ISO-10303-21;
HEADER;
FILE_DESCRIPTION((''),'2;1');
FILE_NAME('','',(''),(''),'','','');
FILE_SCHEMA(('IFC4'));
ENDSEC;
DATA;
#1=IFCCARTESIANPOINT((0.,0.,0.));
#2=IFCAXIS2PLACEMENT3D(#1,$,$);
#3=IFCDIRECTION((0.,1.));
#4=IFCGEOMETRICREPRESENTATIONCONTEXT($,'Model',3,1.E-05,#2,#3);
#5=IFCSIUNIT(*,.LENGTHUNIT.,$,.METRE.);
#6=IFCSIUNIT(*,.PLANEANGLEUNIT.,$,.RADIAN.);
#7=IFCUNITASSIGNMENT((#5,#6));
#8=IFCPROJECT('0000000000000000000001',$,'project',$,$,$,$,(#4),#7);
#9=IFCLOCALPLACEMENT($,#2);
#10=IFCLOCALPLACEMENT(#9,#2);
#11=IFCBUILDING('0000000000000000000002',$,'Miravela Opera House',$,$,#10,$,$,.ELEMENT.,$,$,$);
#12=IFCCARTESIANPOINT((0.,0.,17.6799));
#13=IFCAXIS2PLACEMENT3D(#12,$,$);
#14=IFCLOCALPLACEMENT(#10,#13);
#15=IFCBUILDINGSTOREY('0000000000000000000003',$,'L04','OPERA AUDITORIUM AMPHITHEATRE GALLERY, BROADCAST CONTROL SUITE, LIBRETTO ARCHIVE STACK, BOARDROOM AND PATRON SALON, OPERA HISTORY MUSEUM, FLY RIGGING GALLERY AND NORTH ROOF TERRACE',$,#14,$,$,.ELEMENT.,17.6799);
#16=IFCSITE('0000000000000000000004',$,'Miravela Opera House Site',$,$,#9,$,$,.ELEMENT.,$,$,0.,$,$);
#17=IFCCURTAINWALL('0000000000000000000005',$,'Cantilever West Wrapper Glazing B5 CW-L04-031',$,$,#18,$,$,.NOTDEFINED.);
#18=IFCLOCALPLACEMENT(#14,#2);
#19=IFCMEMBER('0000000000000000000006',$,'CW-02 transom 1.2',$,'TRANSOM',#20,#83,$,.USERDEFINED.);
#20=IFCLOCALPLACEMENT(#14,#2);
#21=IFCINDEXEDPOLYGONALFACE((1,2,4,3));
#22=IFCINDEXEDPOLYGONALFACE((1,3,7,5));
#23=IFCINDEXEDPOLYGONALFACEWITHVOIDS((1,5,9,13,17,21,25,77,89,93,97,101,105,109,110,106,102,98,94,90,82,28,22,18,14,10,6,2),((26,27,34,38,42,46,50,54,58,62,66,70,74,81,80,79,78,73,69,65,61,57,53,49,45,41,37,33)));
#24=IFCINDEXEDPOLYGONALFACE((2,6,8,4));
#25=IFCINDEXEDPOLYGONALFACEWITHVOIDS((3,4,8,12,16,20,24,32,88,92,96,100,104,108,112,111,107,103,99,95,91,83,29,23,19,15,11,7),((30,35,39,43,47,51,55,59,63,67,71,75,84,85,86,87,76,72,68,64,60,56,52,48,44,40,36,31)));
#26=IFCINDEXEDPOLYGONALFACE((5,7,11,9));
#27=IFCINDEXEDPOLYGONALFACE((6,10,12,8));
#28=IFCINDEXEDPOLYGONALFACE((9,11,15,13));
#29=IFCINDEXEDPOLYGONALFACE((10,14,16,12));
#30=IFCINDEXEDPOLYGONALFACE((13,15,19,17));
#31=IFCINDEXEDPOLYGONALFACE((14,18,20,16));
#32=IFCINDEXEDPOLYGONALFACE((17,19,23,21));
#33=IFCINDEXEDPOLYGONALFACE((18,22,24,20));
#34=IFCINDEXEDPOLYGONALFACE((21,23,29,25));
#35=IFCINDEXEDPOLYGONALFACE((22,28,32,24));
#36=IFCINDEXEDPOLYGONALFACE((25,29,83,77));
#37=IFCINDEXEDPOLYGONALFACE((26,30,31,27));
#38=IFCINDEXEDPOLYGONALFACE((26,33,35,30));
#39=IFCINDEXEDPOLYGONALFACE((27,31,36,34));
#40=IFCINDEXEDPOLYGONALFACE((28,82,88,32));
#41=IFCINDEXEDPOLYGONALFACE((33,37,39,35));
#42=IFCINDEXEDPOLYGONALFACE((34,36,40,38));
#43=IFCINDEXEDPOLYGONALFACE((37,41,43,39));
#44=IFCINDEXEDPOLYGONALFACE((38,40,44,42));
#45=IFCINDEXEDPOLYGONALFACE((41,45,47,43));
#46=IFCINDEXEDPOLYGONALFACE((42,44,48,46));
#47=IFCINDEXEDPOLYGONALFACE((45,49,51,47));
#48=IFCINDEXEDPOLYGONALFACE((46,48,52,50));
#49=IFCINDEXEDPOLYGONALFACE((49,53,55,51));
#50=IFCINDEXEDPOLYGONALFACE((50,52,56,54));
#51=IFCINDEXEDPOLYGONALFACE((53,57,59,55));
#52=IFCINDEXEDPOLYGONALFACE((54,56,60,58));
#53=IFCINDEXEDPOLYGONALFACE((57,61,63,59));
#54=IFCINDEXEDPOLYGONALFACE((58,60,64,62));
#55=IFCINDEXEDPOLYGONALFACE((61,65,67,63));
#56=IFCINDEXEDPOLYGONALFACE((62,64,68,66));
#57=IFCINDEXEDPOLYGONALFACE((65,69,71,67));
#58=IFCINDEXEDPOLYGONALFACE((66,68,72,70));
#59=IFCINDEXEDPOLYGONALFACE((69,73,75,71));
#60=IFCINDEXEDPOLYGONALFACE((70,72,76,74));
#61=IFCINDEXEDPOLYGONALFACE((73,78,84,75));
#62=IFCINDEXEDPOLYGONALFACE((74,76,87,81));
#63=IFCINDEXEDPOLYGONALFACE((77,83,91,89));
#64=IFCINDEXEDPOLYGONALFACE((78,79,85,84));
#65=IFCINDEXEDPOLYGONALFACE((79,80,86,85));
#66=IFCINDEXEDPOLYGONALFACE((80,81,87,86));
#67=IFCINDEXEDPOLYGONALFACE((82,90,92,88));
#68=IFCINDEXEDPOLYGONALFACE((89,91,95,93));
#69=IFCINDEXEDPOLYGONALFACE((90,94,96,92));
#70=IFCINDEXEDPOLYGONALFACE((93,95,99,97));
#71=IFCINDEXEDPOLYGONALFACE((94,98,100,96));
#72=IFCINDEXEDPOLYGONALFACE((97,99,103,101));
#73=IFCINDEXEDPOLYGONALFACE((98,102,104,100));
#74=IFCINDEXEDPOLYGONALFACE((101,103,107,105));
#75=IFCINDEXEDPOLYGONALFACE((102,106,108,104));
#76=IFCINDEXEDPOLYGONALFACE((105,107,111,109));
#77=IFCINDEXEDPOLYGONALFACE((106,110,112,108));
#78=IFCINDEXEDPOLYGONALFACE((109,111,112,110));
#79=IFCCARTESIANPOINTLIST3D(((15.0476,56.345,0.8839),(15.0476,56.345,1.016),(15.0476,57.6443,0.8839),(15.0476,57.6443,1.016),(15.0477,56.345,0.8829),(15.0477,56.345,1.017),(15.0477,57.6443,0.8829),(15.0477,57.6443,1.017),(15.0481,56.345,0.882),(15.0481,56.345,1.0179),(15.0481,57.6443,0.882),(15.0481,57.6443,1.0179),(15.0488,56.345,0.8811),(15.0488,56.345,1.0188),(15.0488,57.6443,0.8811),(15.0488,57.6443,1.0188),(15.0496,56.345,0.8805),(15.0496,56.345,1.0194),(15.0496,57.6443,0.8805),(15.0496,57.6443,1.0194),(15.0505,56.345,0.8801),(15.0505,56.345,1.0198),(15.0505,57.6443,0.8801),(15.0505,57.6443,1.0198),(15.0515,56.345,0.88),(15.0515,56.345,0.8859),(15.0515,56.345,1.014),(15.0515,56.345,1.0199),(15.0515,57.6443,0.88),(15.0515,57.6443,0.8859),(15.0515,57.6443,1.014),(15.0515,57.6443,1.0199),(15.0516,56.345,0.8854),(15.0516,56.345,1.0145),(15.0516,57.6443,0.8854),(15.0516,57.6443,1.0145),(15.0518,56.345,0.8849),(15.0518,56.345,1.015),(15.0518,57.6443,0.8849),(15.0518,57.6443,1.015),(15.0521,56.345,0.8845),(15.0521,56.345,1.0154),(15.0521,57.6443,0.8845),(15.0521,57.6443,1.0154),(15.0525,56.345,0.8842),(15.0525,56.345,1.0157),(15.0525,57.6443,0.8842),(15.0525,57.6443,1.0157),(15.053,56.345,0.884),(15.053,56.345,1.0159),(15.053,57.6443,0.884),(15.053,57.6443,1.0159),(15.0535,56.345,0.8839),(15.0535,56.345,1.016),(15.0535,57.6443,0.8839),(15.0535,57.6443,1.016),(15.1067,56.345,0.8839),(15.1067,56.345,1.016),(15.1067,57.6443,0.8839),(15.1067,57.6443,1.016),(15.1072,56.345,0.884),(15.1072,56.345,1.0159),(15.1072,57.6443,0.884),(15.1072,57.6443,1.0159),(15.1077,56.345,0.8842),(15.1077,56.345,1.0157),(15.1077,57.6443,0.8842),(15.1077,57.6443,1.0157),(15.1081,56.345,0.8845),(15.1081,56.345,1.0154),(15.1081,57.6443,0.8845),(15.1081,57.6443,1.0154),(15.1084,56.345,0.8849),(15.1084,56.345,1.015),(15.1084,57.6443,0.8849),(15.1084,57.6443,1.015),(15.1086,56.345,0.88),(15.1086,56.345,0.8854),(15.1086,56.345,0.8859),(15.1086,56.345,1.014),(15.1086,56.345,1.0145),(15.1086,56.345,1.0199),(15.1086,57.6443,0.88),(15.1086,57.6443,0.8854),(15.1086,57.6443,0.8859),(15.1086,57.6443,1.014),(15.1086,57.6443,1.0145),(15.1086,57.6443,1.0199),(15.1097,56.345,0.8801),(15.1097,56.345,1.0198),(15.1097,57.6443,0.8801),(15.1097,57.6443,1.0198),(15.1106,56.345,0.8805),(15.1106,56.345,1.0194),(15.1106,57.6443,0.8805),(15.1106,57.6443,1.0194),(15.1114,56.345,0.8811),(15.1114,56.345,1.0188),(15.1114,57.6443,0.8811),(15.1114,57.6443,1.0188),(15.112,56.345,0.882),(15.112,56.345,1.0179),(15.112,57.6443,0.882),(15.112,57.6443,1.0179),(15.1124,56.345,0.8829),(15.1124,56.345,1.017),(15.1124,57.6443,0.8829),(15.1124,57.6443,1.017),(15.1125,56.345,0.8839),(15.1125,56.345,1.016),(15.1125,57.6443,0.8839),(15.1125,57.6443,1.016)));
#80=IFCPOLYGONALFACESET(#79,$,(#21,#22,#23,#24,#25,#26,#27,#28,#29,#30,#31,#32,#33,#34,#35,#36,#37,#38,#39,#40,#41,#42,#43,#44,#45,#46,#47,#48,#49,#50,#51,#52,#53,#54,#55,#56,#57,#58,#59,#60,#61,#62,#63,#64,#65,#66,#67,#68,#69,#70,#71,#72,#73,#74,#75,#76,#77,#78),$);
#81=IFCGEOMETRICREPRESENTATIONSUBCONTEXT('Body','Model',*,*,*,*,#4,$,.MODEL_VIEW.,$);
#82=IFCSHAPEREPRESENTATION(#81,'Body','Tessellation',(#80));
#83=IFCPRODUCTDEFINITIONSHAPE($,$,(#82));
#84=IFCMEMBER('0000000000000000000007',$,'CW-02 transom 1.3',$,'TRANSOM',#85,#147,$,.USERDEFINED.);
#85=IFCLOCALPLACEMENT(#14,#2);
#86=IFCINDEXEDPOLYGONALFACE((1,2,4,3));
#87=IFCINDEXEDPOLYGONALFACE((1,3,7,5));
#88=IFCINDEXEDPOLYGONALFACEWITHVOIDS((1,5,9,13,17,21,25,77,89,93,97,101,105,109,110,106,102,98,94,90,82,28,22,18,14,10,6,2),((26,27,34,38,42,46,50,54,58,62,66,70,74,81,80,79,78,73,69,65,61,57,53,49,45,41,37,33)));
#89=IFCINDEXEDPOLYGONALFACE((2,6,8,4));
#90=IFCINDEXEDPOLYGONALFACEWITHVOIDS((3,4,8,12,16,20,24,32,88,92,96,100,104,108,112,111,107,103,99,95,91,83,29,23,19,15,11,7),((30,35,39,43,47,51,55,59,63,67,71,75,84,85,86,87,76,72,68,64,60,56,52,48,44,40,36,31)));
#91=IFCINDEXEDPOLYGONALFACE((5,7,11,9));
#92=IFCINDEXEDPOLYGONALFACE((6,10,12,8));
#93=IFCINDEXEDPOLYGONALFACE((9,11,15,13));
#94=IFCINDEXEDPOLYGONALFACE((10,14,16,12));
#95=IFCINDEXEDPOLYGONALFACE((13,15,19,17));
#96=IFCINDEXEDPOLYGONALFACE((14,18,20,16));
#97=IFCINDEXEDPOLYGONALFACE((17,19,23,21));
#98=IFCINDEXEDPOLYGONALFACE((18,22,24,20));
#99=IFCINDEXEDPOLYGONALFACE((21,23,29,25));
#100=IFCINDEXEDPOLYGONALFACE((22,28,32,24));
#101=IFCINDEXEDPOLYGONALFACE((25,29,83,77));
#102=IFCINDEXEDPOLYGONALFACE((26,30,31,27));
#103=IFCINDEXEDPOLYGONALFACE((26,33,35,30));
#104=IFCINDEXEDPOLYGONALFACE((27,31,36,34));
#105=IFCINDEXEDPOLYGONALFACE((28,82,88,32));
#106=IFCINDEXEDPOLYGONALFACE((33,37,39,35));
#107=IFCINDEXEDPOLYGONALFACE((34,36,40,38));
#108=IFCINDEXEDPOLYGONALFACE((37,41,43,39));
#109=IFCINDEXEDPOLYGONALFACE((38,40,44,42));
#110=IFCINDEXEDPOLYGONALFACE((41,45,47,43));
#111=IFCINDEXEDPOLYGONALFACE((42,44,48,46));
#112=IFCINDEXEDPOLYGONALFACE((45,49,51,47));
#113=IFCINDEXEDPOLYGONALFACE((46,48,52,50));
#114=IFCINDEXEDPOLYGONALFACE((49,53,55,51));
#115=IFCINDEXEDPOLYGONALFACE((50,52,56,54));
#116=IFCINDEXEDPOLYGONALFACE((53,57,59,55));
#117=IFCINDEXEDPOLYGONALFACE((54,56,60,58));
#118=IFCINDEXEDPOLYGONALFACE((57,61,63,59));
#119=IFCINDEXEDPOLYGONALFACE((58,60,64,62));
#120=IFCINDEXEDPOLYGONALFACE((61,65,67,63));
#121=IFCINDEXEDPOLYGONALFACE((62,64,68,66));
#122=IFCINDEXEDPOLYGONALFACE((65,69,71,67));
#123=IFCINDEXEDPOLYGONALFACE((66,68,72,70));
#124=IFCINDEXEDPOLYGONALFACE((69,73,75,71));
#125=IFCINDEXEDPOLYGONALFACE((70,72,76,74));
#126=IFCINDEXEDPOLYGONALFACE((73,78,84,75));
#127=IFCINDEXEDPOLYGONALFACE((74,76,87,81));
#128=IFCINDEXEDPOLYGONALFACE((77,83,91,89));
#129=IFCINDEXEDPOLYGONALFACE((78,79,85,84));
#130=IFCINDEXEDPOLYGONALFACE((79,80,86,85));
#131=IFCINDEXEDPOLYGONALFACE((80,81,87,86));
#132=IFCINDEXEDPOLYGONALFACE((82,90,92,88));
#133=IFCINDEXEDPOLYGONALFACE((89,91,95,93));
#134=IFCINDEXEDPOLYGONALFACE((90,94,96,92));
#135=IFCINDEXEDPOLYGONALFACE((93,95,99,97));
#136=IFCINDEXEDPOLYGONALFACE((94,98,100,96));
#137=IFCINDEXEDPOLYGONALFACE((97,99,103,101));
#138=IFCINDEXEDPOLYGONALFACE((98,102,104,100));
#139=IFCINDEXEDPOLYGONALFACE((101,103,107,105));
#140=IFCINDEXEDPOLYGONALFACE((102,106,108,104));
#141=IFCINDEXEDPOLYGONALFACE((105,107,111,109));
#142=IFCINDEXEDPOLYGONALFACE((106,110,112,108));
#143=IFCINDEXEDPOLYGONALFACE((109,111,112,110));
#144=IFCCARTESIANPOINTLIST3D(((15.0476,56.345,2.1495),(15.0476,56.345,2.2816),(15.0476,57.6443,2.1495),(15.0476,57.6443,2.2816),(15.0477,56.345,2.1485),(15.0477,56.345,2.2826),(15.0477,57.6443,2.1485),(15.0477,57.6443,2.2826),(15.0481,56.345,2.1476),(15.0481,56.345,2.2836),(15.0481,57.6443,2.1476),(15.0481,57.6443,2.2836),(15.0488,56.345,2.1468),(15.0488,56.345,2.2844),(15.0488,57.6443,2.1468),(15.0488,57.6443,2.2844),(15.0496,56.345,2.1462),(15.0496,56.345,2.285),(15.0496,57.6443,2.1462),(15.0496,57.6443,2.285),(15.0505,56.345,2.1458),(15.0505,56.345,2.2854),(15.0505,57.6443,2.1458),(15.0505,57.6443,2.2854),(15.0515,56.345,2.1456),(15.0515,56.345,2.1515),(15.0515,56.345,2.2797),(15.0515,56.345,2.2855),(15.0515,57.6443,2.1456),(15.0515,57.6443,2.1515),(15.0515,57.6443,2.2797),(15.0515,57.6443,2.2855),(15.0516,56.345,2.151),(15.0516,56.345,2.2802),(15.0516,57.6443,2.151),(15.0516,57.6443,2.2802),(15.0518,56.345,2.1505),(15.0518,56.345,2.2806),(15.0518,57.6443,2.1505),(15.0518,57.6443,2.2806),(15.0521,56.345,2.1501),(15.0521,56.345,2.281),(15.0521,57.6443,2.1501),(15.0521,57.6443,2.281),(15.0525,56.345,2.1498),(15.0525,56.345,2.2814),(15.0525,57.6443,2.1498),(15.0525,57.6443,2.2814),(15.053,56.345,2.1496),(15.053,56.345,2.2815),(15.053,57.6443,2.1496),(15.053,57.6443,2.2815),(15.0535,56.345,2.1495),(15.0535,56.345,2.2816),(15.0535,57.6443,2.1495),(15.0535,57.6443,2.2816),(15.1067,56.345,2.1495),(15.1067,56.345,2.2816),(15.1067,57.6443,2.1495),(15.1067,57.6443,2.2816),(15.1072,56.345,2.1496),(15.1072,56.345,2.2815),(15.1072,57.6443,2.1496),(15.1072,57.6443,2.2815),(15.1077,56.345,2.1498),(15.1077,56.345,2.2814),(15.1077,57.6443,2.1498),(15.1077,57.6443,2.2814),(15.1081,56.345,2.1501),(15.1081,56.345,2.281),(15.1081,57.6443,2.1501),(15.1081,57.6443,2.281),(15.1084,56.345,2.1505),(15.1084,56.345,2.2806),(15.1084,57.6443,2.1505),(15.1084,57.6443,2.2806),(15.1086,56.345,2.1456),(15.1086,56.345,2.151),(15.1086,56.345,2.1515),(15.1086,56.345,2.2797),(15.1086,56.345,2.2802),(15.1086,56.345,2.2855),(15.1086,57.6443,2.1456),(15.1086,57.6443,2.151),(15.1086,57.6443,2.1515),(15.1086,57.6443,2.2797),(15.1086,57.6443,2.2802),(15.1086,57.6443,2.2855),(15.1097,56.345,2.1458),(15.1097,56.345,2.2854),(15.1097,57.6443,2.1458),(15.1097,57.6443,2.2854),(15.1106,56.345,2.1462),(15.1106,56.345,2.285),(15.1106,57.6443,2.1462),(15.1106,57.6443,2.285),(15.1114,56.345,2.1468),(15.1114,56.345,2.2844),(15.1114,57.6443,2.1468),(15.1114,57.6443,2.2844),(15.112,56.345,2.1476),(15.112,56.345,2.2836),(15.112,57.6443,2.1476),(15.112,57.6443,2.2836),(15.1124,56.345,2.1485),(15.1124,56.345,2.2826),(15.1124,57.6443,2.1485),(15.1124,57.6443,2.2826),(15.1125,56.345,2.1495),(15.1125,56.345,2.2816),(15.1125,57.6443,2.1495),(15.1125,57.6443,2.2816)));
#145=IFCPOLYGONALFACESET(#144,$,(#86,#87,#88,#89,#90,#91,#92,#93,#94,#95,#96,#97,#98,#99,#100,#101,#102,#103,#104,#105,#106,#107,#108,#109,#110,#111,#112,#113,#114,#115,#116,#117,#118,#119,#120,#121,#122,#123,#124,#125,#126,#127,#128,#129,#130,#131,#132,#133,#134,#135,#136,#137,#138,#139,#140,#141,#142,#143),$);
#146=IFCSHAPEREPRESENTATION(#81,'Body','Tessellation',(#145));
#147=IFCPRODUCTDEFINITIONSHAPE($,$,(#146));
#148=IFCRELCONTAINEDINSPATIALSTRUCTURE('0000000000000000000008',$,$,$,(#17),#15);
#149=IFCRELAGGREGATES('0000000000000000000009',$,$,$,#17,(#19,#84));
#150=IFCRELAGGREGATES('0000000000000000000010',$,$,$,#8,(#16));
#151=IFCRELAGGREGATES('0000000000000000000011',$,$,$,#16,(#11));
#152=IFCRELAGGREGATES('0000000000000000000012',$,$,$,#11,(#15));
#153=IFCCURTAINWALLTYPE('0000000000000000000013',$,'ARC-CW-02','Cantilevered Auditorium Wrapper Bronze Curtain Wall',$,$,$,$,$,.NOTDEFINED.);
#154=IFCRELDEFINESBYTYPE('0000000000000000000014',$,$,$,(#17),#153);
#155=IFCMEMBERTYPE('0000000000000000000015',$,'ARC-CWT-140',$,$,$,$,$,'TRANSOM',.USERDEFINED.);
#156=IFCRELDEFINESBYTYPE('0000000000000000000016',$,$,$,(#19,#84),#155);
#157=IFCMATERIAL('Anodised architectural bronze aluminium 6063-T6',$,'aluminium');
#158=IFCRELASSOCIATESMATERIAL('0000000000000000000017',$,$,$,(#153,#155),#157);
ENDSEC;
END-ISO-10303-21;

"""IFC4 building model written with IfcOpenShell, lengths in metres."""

from ifc_helpers import new_model, si_unit, direction, frame, origin, origin_2d, place, context, subcontext, project, spatial, hollow_rectangle, extrude, material, material_profile, profile_set, type_object, element, aggregate, save


model = new_model("IFC4")

# Units and contexts
model_context = context("Model", 3, precision=1e-05, world=origin(), true_north=direction((0.0, 1.0)))
body_context = subcontext(model_context, "Body", "Model", "MODEL_VIEW")
ifc_project = project(units=[si_unit("LENGTHUNIT", "METRE"), si_unit("PLANEANGLEUNIT", "RADIAN")], contexts=[model_context])

# Site, building, storey
site_placement = place(None, origin())
site = spatial("IfcSite", under=ifc_project, at=site_placement, Name="Miravela Opera House Site", CompositionType="ELEMENT", RefElevation=0.0)
building_placement = place(site_placement, origin())
building = spatial("IfcBuilding", under=site, at=building_placement, Name="Miravela Opera House", CompositionType="ELEMENT")
storey_placement = place(building_placement, frame((0.0, 0.0, 17.6799)))
storey = spatial("IfcBuildingStorey", under=building, at=storey_placement, Name="L04", Description="OPERA AUDITORIUM AMPHITHEATRE GALLERY, BROADCAST CONTROL SUITE, LIBRETTO ARCHIVE STACK, BOARDROOM AND PATRON SALON, OPERA HISTORY MUSEUM, FLY RIGGING GALLERY AND NORTH ROOF TERRACE", CompositionType="ELEMENT", Elevation=17.6799)

# Curtain wall, members
ifc_material_1 = material(Name="Anodised architectural bronze aluminium 6063-T6", Category="aluminium")
curtain_wall_type = type_object("IfcCurtainWallType", Name="ARC-CW-02", Description="Cantilevered Auditorium Wrapper Bronze Curtain Wall", PredefinedType="NOTDEFINED", material=ifc_material_1)
curtain_wall_placement = place(storey_placement, origin())
curtain_wall = element("IfcCurtainWall", 1, at=curtain_wall_placement, inside=storey, type_object=curtain_wall_type, Name="Cantilever West Wrapper Glazing B5 CW-L04-031", PredefinedType="NOTDEFINED")
ifc_material_profile_1 = material_profile(ifc_material_1, hollow_rectangle(XDim=0.0649, YDim=0.1399, WallThickness=0.0039, InnerFilletRadius=0.002, OuterFilletRadius=0.0039, at=origin_2d()), Name="CWT-65X140")
ifc_profile_set_1 = profile_set([ifc_material_profile_1])
member_type_1 = type_object("IfcMemberType", Name="ARC-CWT-140", ElementType="TRANSOM", PredefinedType="USERDEFINED", material=ifc_profile_set_1)
member_1_placement = place(storey_placement, frame((15.0801, 56.345, 0.95), z_axis=(0.0, 1.0, 0.0), x_axis=(-1.0, 0.0, 0.0)))
member_1 = element("IfcMember", 2, at=member_1_placement, type_object=member_type_1, Name="CW-02 transom 1.2", ObjectType="TRANSOM", PredefinedType="USERDEFINED", context=body_context, shape_type="SweptSolid", body=[
    extrude(hollow_rectangle(XDim=0.0649, YDim=0.1399, WallThickness=0.0039, InnerFilletRadius=0.002, OuterFilletRadius=0.0039, at=origin_2d()), origin(), (0.0, 0.0, 1.0), 1.2993),
])
member_2_placement = place(storey_placement, frame((15.0801, 56.345, 2.2156), z_axis=(0.0, 1.0, 0.0), x_axis=(-1.0, 0.0, 0.0)))
member_2 = element("IfcMember", 3, at=member_2_placement, type_object=member_type_1, Name="CW-02 transom 1.3", ObjectType="TRANSOM", PredefinedType="USERDEFINED", context=body_context, shape_type="SweptSolid", body=[
    extrude(hollow_rectangle(XDim=0.0649, YDim=0.1399, WallThickness=0.0039, InnerFilletRadius=0.002, OuterFilletRadius=0.0039, at=origin_2d()), origin(), (0.0, 0.0, 1.0), 1.2993),
])

aggregate(curtain_wall, [member_1, member_2])

save(model, "model.ifc")
